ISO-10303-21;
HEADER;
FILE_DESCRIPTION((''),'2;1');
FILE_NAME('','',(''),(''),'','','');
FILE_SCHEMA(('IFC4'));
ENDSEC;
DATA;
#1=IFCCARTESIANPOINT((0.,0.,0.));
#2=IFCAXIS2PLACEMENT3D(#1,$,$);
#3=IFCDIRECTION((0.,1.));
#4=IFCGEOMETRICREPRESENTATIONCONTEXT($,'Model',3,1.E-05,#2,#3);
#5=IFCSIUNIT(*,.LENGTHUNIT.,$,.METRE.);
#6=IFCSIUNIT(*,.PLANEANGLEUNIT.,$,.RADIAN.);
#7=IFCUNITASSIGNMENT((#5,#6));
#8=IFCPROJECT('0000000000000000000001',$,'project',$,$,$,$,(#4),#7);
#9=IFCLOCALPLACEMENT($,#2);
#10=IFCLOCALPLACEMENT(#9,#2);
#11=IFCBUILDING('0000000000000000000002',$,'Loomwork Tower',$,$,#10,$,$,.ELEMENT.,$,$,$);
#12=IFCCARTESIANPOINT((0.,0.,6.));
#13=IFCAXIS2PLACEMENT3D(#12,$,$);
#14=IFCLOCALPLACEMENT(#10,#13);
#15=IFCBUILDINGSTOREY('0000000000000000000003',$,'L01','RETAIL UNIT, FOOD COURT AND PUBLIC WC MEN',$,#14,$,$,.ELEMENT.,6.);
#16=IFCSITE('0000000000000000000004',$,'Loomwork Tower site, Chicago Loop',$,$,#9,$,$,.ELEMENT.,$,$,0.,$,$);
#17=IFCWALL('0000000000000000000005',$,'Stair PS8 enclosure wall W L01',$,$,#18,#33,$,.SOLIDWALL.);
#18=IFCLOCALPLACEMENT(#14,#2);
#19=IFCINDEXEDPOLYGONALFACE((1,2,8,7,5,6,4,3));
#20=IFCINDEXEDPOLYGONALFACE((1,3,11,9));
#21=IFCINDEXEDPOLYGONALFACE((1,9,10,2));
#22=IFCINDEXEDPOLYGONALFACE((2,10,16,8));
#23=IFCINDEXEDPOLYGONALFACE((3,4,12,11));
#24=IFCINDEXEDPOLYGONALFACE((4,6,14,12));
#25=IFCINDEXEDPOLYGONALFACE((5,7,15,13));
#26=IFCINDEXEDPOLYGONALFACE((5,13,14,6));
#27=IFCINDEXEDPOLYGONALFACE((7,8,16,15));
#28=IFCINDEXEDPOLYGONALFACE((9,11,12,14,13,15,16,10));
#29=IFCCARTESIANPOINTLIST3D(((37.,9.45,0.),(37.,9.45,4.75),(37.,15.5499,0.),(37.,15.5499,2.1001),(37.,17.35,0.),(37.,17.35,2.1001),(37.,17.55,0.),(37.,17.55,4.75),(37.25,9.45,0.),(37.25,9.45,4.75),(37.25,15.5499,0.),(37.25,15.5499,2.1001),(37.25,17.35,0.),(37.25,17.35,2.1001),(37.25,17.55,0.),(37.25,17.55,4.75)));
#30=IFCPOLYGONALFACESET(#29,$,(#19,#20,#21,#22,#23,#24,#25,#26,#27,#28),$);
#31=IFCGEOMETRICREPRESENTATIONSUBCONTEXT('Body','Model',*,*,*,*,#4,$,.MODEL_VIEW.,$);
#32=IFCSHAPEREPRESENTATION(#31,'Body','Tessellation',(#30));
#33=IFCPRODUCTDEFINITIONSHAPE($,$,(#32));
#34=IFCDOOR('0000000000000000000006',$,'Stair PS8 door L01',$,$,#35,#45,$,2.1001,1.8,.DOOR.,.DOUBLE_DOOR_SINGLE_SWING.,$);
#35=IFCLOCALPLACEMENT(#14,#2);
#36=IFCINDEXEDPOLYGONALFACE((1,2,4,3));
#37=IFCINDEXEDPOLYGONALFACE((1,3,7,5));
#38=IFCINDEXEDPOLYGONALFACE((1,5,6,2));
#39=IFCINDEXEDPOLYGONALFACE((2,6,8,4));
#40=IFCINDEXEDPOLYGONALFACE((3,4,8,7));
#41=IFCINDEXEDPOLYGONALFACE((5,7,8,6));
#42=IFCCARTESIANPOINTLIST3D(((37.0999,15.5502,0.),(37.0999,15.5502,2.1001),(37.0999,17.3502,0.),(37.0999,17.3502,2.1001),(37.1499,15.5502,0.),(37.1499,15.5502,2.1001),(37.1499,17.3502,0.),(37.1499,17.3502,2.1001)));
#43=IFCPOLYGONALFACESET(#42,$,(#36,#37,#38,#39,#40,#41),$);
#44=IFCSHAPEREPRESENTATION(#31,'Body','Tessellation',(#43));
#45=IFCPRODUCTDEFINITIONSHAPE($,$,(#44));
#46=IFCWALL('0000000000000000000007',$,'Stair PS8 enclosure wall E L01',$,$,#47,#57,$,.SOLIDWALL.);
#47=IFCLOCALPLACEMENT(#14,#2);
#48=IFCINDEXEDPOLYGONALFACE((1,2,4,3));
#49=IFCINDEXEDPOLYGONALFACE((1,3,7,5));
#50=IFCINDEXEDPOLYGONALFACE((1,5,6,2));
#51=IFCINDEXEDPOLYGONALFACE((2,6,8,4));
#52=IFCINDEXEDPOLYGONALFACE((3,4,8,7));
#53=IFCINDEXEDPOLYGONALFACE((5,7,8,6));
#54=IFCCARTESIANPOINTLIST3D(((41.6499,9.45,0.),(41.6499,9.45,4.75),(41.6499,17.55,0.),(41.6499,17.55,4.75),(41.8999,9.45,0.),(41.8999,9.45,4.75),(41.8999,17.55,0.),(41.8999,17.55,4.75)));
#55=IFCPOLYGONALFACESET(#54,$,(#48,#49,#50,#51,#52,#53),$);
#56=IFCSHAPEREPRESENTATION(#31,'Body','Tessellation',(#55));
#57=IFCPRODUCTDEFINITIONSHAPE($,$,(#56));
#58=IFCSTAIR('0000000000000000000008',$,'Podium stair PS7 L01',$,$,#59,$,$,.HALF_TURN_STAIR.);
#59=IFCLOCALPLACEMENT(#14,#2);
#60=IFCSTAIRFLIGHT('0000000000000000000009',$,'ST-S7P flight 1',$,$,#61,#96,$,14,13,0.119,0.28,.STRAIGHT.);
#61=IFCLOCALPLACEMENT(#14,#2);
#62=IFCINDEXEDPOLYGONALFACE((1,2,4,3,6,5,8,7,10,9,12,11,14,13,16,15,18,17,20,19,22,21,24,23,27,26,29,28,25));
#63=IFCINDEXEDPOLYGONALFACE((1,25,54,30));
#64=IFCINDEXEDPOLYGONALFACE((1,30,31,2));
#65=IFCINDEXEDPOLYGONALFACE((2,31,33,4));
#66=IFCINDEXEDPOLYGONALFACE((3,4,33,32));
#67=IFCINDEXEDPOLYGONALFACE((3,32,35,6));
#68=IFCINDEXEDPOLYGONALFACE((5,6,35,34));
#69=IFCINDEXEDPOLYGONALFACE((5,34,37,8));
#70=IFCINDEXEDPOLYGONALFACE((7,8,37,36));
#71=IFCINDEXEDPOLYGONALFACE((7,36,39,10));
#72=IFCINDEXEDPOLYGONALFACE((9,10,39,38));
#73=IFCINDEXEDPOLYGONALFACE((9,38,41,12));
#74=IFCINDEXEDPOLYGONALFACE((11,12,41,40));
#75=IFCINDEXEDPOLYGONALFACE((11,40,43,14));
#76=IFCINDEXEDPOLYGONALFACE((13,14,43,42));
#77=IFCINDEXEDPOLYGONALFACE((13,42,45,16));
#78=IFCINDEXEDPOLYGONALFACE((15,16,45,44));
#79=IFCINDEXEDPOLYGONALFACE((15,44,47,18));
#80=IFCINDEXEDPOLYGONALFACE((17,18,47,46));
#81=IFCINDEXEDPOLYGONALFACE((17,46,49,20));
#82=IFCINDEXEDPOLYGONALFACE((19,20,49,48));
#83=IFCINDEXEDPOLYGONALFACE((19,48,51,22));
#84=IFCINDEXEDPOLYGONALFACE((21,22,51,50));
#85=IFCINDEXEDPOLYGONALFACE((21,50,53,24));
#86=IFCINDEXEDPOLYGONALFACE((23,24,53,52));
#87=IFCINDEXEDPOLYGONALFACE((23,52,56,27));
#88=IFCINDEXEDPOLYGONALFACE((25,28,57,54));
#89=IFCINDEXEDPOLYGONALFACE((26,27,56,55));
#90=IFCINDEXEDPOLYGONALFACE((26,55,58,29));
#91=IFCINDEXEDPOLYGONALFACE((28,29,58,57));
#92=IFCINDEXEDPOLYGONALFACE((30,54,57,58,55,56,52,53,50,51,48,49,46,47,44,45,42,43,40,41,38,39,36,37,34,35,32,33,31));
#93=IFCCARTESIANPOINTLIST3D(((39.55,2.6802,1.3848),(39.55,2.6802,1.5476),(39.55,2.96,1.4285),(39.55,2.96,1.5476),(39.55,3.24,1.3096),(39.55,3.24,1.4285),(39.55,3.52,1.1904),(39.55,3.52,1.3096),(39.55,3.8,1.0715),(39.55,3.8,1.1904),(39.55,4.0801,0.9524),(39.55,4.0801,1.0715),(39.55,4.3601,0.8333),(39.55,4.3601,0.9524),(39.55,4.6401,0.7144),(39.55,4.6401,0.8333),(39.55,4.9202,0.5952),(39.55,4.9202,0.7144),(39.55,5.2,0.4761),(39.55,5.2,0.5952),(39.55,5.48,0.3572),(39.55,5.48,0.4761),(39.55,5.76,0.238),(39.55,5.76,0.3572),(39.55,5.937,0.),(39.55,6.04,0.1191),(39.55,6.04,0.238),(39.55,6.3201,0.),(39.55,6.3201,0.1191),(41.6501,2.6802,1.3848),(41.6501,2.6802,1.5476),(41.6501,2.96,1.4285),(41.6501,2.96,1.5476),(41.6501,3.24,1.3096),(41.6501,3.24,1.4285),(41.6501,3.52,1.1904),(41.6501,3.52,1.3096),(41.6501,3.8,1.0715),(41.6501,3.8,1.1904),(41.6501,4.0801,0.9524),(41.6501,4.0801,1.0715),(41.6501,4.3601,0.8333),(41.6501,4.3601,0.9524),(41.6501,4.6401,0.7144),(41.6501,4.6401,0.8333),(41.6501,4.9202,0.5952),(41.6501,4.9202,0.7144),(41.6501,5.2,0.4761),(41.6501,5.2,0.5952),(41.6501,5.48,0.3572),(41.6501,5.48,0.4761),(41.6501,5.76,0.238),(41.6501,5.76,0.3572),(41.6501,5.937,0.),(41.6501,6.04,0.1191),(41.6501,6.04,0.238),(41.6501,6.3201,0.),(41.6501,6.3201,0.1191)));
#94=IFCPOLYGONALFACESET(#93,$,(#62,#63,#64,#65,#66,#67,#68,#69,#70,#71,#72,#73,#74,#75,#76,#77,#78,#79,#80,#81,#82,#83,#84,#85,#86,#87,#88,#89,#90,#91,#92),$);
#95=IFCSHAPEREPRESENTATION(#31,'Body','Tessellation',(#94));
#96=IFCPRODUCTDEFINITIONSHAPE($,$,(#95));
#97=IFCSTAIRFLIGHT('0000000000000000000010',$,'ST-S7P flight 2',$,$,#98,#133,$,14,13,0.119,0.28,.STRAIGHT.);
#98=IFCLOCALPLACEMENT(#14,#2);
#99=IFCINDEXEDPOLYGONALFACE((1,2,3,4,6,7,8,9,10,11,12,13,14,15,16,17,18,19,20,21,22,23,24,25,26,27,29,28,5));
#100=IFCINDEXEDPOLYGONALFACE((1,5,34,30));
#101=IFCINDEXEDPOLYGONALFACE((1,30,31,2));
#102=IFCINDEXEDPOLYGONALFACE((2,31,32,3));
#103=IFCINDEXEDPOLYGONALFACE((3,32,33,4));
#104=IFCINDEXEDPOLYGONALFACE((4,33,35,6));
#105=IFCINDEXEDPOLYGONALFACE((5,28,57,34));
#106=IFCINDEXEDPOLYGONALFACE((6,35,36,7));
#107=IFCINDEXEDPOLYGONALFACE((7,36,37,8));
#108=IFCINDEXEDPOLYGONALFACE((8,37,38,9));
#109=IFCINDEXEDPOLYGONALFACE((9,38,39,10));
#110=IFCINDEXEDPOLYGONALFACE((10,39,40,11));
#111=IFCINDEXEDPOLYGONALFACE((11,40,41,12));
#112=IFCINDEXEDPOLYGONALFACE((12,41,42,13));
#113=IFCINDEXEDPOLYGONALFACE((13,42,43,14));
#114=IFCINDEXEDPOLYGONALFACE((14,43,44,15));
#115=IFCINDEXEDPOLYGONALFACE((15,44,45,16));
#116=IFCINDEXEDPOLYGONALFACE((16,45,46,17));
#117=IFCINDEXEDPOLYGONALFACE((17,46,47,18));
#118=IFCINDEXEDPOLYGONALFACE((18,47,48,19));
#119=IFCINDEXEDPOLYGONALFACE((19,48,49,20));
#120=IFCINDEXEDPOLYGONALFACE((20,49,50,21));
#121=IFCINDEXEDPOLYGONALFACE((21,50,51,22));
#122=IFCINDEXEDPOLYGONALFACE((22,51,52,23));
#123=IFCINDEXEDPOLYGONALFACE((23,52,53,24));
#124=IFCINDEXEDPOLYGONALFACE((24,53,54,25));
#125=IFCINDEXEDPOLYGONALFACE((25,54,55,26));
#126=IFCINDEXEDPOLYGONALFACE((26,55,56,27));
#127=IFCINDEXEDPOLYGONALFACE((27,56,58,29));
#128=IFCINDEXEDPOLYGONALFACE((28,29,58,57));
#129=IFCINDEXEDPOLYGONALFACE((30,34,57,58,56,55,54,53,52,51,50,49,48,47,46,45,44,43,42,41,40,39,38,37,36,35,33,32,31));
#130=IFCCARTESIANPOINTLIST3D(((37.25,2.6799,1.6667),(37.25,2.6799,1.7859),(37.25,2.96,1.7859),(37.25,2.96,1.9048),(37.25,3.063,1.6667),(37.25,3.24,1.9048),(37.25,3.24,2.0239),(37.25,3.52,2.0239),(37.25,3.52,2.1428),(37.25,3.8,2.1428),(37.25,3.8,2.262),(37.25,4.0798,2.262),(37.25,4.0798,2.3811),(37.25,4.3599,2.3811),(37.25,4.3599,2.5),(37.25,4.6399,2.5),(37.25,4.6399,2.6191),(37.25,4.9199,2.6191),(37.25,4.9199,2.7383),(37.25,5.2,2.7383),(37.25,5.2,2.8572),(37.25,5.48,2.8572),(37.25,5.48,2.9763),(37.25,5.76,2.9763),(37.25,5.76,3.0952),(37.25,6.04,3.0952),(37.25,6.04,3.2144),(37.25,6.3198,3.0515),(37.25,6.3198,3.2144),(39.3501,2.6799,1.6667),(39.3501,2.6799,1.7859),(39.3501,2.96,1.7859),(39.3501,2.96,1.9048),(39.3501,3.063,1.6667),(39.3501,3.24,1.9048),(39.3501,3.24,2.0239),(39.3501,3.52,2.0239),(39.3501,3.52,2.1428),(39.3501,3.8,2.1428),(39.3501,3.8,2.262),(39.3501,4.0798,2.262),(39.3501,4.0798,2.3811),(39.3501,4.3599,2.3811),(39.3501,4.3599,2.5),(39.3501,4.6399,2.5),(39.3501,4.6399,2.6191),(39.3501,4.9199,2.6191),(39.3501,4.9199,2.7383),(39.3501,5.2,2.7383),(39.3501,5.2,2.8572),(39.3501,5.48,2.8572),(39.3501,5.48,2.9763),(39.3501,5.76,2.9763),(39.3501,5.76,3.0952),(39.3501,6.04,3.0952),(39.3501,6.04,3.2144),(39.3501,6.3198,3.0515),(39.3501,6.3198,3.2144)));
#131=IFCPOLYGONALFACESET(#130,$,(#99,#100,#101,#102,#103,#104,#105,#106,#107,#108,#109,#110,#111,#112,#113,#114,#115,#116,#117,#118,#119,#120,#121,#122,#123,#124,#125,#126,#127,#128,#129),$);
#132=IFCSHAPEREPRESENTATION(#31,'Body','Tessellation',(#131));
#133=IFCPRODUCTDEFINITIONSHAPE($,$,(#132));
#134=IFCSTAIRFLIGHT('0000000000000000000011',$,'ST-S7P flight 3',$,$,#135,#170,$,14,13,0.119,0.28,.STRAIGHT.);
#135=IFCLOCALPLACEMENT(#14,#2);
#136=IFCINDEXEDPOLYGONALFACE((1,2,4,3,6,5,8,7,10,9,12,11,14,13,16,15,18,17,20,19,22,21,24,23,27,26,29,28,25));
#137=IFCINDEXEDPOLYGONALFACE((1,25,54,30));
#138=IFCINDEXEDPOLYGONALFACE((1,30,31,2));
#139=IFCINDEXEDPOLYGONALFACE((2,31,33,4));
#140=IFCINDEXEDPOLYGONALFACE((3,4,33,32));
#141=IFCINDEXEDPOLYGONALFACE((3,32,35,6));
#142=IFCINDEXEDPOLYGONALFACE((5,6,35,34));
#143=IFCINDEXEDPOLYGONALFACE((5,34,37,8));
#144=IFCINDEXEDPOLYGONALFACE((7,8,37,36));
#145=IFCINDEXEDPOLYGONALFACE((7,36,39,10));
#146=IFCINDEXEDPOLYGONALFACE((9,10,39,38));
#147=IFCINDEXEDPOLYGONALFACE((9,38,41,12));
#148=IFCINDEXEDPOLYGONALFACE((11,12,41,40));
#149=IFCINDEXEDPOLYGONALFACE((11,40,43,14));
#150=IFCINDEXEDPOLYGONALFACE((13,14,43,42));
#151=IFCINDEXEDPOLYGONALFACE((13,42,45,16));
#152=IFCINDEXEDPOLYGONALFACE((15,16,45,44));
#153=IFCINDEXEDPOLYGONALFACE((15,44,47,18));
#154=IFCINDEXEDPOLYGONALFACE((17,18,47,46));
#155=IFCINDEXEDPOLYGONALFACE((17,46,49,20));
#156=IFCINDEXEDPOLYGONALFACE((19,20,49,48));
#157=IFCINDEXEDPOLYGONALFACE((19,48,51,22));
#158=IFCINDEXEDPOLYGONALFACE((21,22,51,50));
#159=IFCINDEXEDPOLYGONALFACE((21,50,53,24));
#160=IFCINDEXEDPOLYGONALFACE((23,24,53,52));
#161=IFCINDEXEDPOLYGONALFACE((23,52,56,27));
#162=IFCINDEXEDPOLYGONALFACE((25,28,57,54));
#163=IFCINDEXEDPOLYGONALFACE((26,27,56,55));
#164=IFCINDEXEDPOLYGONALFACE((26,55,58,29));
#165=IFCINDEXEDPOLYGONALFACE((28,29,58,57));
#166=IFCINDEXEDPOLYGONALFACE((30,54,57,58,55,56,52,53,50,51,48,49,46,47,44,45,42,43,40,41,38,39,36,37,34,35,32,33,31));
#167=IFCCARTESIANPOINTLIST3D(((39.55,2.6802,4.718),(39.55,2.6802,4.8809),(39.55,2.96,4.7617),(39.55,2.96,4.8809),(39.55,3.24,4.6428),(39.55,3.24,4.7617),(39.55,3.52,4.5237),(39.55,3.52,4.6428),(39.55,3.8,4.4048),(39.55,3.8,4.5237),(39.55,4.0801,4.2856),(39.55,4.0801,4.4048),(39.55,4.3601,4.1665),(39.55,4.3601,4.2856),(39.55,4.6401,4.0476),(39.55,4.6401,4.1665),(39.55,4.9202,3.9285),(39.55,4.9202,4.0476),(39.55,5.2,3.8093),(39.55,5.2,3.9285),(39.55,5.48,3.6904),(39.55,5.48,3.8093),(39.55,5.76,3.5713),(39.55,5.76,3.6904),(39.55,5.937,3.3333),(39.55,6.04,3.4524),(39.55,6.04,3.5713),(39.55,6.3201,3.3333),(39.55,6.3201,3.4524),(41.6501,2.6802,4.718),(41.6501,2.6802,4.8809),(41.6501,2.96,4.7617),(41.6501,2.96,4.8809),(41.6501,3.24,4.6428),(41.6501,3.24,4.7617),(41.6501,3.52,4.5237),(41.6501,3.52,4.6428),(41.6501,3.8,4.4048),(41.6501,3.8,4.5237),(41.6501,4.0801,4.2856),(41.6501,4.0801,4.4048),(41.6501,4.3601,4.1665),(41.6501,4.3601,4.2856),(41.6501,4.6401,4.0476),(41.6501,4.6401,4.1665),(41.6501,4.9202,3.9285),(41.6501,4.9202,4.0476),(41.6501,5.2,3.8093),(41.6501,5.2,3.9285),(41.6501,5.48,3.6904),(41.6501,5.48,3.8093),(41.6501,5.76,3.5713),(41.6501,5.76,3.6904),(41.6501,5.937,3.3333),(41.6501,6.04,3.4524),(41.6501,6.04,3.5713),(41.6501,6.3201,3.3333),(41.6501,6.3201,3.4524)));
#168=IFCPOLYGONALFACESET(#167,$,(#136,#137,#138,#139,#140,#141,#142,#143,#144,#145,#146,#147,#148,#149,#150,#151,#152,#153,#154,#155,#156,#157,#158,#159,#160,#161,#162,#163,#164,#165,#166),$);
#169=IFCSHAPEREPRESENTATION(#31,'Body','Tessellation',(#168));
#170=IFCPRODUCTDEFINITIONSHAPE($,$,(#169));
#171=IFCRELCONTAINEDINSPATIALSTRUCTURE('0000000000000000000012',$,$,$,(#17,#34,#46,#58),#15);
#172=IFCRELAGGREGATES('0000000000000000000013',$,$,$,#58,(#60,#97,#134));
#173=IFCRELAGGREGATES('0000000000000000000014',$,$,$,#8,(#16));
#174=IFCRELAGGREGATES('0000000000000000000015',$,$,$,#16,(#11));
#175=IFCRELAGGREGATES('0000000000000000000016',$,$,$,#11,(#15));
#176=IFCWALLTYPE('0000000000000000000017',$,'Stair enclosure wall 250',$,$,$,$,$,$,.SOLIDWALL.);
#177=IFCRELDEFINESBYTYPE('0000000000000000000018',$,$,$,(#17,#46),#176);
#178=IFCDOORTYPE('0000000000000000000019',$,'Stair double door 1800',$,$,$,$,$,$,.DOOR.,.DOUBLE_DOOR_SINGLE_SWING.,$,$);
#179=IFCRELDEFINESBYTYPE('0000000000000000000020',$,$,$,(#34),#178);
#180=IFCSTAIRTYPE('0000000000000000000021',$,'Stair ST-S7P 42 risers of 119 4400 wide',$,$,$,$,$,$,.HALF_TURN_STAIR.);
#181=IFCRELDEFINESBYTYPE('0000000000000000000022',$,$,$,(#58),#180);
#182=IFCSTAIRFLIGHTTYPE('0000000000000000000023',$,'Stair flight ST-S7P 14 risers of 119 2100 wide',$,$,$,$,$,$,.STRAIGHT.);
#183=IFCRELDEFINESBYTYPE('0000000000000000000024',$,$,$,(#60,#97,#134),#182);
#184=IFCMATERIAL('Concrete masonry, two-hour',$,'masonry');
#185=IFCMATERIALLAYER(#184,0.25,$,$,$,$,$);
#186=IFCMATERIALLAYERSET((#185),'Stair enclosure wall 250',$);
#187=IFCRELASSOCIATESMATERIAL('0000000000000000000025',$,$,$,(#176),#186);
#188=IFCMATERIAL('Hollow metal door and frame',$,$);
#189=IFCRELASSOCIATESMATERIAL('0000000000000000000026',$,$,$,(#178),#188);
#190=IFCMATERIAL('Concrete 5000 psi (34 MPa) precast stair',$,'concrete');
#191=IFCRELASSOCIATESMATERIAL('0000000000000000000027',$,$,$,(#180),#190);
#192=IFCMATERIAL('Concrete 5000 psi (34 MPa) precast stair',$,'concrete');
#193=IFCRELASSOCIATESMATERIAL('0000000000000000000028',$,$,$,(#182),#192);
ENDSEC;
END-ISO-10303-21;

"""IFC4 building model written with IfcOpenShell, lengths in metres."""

from ifc_helpers import new_model, si_unit, direction, frame, frame_2d, origin, place, context, subcontext, project, spatial, polyline, rectangle, outline, extrude, material, layer, layer_set, type_object, element, fill, aggregate, save


model = new_model("IFC4")

# Units and contexts
model_context = context("Model", 3, precision=1e-05, world=origin(), true_north=direction((0.0, 1.0)))
body_context = subcontext(model_context, "Body", "Model", "MODEL_VIEW")
ifc_project = project(units=[si_unit("LENGTHUNIT", "METRE"), si_unit("PLANEANGLEUNIT", "RADIAN")], contexts=[model_context])

# Site, building, storey
site_placement = place(None, origin())
site = spatial("IfcSite", under=ifc_project, at=site_placement, Name="Loomwork Tower site, Chicago Loop", CompositionType="ELEMENT", RefElevation=0.0)
building_placement = place(site_placement, origin())
building = spatial("IfcBuilding", under=site, at=building_placement, Name="Loomwork Tower", CompositionType="ELEMENT")
storey_placement = place(building_placement, frame((0.0, 0.0, 6.0)))
storey = spatial("IfcBuildingStorey", under=building, at=storey_placement, Name="L01", Description="RETAIL UNIT, FOOD COURT AND PUBLIC WC MEN", CompositionType="ELEMENT", Elevation=6.0)

# Shared definitions
ifc_material_1 = material(Name="Concrete masonry, two-hour", Category="masonry")
ifc_layer_1 = layer(ifc_material_1, 0.25)
ifc_layer_set_1 = layer_set([ifc_layer_1], Name="Stair enclosure wall 250")
wall_type_1 = type_object("IfcWallType", Name="Stair enclosure wall 250", PredefinedType="SOLIDWALL", material=ifc_layer_set_1)

# Shared definitions
ifc_material_2 = material(Name="Hollow metal door and frame")
door_type_1 = type_object("IfcDoorType", Name="Stair double door 1800", OperationType="DOUBLE_DOOR_SINGLE_SWING", PredefinedType="DOOR", material=ifc_material_2)

# Wall, opening, door
wall_1_placement = place(storey_placement, frame((37.125, 9.45, 0.0), z_axis=(0.0, 0.0, 1.0), x_axis=(0.0, 1.0, 0.0)))
wall_1 = element("IfcWall", 1, at=wall_1_placement, inside=storey, type_object=wall_type_1, Name="Stair PS8 enclosure wall W L01", PredefinedType="SOLIDWALL", context=body_context, shape_type="SweptSolid", body=[
    extrude(rectangle(XDim=8.1001, YDim=0.25, at=frame_2d((4.05, 0.0))), origin(), (0.0, 0.0, 1.0), 4.75),
])
opening_1_placement = place(wall_1_placement, frame((6.1001, 0.0, 0.0)))
opening_1 = element("IfcOpeningElement", 2, at=opening_1_placement, cuts=wall_1, PredefinedType="OPENING", context=body_context, shape_type="SweptSolid", body=[
    extrude(rectangle(XDim=1.8, YDim=2.1001, at=frame_2d((0.8999, 1.05))), frame((0.0, 0.135, 0.0), z_axis=(0.0, -1.0, 0.0), x_axis=(1.0, 0.0, 0.0)), (0.0, 0.0, 1.0), 0.27),
])
door_1_placement = place(opening_1_placement, frame((1.8, 0.0, 0.0), z_axis=(0.0, 0.0, 1.0), x_axis=(-1.0, 0.0, 0.0)))
door_1 = element("IfcDoor", 3, at=door_1_placement, inside=storey, type_object=door_type_1, Name="Stair PS8 door L01", OperationType="DOUBLE_DOOR_SINGLE_SWING", OverallHeight=2.1001, OverallWidth=1.8, PredefinedType="DOOR", context=body_context, shape_type="SweptSolid", body=[
    extrude(rectangle(XDim=1.8, YDim=2.1001, at=frame_2d((0.8999, 1.05))), frame((0.0, 0.0249, 0.0), z_axis=(0.0, -1.0, 0.0), x_axis=(1.0, 0.0, 0.0)), (0.0, 0.0, 1.0), 0.05),
])
fill(opening_1, door_1)

# Wall
wall_2_placement = place(storey_placement, frame((41.7749, 9.45, 0.0), z_axis=(0.0, 0.0, 1.0), x_axis=(0.0, 1.0, 0.0)))
element("IfcWall", 4, at=wall_2_placement, inside=storey, type_object=wall_type_1, Name="Stair PS8 enclosure wall E L01", PredefinedType="SOLIDWALL", context=body_context, shape_type="SweptSolid", body=[
    extrude(rectangle(XDim=8.1001, YDim=0.25, at=frame_2d((4.05, 0.0))), origin(), (0.0, 0.0, 1.0), 4.75),
])

# Stair, stair flights
ifc_material_3 = material(Name="Concrete 5000 psi (34 MPa) precast stair", Category="concrete")
stair_type = type_object("IfcStairType", Name="Stair ST-S7P 42 risers of 119 4400 wide", PredefinedType="HALF_TURN_STAIR", material=ifc_material_3)
stair_placement = place(storey_placement, origin())
stair = element("IfcStair", 5, at=stair_placement, inside=storey, type_object=stair_type, Name="Podium stair PS7 L01", PredefinedType="HALF_TURN_STAIR")
ifc_material_4 = material(Name="Concrete 5000 psi (34 MPa) precast stair", Category="concrete")
stair_flight_type = type_object("IfcStairFlightType", Name="Stair flight ST-S7P 14 risers of 119 2100 wide", PredefinedType="STRAIGHT", material=ifc_material_4)
stair_flight_1_placement = place(storey_placement, frame((40.6001, 6.3201, 0.0), z_axis=(0.0, 0.0, 1.0), x_axis=(0.0, -1.0, 0.0)))
stair_flight_1 = element("IfcStairFlight", 6, at=stair_flight_1_placement, type_object=stair_flight_type, Name="ST-S7P flight 1", NumberOfRisers=14, NumberOfTreads=13, PredefinedType="STRAIGHT", RiserHeight=0.119, TreadLength=0.28, context=body_context, shape_type="SweptSolid", body=[
    extrude(outline(polyline([(0.0, 0.0), (0.0, 0.1191), (0.28, 0.1191), (0.28, 0.238), (0.5601, 0.238), (0.5601, 0.3572), (0.8401, 0.3572), (0.8401, 0.4761), (1.1201, 0.4761), (1.1201, 0.5952), (1.3999, 0.5952), (1.3999, 0.7144), (1.6799, 0.7144), (1.6799, 0.8333), (1.96, 0.8333), (1.96, 0.9524), (2.24, 0.9524), (2.24, 1.0715), (2.52, 1.0715), (2.52, 1.1904), (2.8, 1.1904), (2.8, 1.3096), (3.0801, 1.3096), (3.0801, 1.4285), (3.3601, 1.4285), (3.3601, 1.5476), (3.6399, 1.5476), (3.6399, 1.6667), (3.6399, 1.3848), (0.3831, 0.0), (0.0, 0.0)])), frame((0.0, 1.05, 0.0), z_axis=(0.0, -1.0, 0.0), x_axis=(1.0, 0.0, 0.0)), (0.0, 0.0, 1.0), 2.1001),
])
stair_flight_2_placement = place(storey_placement, frame((38.3, 2.6799, 1.6667), z_axis=(0.0, 0.0, 1.0), x_axis=(0.0, 1.0, 0.0)))
stair_flight_2 = element("IfcStairFlight", 7, at=stair_flight_2_placement, type_object=stair_flight_type, Name="ST-S7P flight 2", NumberOfRisers=14, NumberOfTreads=13, PredefinedType="STRAIGHT", RiserHeight=0.119, TreadLength=0.28, context=body_context, shape_type="SweptSolid", body=[
    extrude(outline(polyline([(0.0, 0.0), (0.0, 0.1191), (0.28, 0.1191), (0.28, 0.238), (0.5601, 0.238), (0.5601, 0.3572), (0.8401, 0.3572), (0.8401, 0.4761), (1.1201, 0.4761), (1.1201, 0.5952), (1.3999, 0.5952), (1.3999, 0.7144), (1.6799, 0.7144), (1.6799, 0.8333), (1.96, 0.8333), (1.96, 0.9524), (2.24, 0.9524), (2.24, 1.0715), (2.52, 1.0715), (2.52, 1.1904), (2.8, 1.1904), (2.8, 1.3096), (3.0801, 1.3096), (3.0801, 1.4285), (3.3601, 1.4285), (3.3601, 1.5476), (3.6399, 1.5476), (3.6399, 1.6667), (3.6399, 1.3848), (0.3831, 0.0), (0.0, 0.0)])), frame((0.0, 1.05, 0.0), z_axis=(0.0, -1.0, 0.0), x_axis=(1.0, 0.0, 0.0)), (0.0, 0.0, 1.0), 2.1001),
])
stair_flight_3_placement = place(storey_placement, frame((40.6001, 6.3201, 3.3333), z_axis=(0.0, 0.0, 1.0), x_axis=(0.0, -1.0, 0.0)))
stair_flight_3 = element("IfcStairFlight", 8, at=stair_flight_3_placement, type_object=stair_flight_type, Name="ST-S7P flight 3", NumberOfRisers=14, NumberOfTreads=13, PredefinedType="STRAIGHT", RiserHeight=0.119, TreadLength=0.28, context=body_context, shape_type="SweptSolid", body=[
    extrude(outline(polyline([(0.0, 0.0), (0.0, 0.1191), (0.28, 0.1191), (0.28, 0.238), (0.5601, 0.238), (0.5601, 0.3572), (0.8401, 0.3572), (0.8401, 0.4761), (1.1201, 0.4761), (1.1201, 0.5952), (1.3999, 0.5952), (1.3999, 0.7144), (1.6799, 0.7144), (1.6799, 0.8333), (1.96, 0.8333), (1.96, 0.9524), (2.24, 0.9524), (2.24, 1.0715), (2.52, 1.0715), (2.52, 1.1904), (2.8, 1.1904), (2.8, 1.3096), (3.0801, 1.3096), (3.0801, 1.4285), (3.3601, 1.4285), (3.3601, 1.5476), (3.6399, 1.5476), (3.6399, 1.6667), (3.6399, 1.3848), (0.3831, 0.0), (0.0, 0.0)])), frame((0.0, 1.05, 0.0), z_axis=(0.0, -1.0, 0.0), x_axis=(1.0, 0.0, 0.0)), (0.0, 0.0, 1.0), 2.1001),
])
aggregate(stair, [stair_flight_1, stair_flight_2, stair_flight_3])

save(model, "model.ifc")
